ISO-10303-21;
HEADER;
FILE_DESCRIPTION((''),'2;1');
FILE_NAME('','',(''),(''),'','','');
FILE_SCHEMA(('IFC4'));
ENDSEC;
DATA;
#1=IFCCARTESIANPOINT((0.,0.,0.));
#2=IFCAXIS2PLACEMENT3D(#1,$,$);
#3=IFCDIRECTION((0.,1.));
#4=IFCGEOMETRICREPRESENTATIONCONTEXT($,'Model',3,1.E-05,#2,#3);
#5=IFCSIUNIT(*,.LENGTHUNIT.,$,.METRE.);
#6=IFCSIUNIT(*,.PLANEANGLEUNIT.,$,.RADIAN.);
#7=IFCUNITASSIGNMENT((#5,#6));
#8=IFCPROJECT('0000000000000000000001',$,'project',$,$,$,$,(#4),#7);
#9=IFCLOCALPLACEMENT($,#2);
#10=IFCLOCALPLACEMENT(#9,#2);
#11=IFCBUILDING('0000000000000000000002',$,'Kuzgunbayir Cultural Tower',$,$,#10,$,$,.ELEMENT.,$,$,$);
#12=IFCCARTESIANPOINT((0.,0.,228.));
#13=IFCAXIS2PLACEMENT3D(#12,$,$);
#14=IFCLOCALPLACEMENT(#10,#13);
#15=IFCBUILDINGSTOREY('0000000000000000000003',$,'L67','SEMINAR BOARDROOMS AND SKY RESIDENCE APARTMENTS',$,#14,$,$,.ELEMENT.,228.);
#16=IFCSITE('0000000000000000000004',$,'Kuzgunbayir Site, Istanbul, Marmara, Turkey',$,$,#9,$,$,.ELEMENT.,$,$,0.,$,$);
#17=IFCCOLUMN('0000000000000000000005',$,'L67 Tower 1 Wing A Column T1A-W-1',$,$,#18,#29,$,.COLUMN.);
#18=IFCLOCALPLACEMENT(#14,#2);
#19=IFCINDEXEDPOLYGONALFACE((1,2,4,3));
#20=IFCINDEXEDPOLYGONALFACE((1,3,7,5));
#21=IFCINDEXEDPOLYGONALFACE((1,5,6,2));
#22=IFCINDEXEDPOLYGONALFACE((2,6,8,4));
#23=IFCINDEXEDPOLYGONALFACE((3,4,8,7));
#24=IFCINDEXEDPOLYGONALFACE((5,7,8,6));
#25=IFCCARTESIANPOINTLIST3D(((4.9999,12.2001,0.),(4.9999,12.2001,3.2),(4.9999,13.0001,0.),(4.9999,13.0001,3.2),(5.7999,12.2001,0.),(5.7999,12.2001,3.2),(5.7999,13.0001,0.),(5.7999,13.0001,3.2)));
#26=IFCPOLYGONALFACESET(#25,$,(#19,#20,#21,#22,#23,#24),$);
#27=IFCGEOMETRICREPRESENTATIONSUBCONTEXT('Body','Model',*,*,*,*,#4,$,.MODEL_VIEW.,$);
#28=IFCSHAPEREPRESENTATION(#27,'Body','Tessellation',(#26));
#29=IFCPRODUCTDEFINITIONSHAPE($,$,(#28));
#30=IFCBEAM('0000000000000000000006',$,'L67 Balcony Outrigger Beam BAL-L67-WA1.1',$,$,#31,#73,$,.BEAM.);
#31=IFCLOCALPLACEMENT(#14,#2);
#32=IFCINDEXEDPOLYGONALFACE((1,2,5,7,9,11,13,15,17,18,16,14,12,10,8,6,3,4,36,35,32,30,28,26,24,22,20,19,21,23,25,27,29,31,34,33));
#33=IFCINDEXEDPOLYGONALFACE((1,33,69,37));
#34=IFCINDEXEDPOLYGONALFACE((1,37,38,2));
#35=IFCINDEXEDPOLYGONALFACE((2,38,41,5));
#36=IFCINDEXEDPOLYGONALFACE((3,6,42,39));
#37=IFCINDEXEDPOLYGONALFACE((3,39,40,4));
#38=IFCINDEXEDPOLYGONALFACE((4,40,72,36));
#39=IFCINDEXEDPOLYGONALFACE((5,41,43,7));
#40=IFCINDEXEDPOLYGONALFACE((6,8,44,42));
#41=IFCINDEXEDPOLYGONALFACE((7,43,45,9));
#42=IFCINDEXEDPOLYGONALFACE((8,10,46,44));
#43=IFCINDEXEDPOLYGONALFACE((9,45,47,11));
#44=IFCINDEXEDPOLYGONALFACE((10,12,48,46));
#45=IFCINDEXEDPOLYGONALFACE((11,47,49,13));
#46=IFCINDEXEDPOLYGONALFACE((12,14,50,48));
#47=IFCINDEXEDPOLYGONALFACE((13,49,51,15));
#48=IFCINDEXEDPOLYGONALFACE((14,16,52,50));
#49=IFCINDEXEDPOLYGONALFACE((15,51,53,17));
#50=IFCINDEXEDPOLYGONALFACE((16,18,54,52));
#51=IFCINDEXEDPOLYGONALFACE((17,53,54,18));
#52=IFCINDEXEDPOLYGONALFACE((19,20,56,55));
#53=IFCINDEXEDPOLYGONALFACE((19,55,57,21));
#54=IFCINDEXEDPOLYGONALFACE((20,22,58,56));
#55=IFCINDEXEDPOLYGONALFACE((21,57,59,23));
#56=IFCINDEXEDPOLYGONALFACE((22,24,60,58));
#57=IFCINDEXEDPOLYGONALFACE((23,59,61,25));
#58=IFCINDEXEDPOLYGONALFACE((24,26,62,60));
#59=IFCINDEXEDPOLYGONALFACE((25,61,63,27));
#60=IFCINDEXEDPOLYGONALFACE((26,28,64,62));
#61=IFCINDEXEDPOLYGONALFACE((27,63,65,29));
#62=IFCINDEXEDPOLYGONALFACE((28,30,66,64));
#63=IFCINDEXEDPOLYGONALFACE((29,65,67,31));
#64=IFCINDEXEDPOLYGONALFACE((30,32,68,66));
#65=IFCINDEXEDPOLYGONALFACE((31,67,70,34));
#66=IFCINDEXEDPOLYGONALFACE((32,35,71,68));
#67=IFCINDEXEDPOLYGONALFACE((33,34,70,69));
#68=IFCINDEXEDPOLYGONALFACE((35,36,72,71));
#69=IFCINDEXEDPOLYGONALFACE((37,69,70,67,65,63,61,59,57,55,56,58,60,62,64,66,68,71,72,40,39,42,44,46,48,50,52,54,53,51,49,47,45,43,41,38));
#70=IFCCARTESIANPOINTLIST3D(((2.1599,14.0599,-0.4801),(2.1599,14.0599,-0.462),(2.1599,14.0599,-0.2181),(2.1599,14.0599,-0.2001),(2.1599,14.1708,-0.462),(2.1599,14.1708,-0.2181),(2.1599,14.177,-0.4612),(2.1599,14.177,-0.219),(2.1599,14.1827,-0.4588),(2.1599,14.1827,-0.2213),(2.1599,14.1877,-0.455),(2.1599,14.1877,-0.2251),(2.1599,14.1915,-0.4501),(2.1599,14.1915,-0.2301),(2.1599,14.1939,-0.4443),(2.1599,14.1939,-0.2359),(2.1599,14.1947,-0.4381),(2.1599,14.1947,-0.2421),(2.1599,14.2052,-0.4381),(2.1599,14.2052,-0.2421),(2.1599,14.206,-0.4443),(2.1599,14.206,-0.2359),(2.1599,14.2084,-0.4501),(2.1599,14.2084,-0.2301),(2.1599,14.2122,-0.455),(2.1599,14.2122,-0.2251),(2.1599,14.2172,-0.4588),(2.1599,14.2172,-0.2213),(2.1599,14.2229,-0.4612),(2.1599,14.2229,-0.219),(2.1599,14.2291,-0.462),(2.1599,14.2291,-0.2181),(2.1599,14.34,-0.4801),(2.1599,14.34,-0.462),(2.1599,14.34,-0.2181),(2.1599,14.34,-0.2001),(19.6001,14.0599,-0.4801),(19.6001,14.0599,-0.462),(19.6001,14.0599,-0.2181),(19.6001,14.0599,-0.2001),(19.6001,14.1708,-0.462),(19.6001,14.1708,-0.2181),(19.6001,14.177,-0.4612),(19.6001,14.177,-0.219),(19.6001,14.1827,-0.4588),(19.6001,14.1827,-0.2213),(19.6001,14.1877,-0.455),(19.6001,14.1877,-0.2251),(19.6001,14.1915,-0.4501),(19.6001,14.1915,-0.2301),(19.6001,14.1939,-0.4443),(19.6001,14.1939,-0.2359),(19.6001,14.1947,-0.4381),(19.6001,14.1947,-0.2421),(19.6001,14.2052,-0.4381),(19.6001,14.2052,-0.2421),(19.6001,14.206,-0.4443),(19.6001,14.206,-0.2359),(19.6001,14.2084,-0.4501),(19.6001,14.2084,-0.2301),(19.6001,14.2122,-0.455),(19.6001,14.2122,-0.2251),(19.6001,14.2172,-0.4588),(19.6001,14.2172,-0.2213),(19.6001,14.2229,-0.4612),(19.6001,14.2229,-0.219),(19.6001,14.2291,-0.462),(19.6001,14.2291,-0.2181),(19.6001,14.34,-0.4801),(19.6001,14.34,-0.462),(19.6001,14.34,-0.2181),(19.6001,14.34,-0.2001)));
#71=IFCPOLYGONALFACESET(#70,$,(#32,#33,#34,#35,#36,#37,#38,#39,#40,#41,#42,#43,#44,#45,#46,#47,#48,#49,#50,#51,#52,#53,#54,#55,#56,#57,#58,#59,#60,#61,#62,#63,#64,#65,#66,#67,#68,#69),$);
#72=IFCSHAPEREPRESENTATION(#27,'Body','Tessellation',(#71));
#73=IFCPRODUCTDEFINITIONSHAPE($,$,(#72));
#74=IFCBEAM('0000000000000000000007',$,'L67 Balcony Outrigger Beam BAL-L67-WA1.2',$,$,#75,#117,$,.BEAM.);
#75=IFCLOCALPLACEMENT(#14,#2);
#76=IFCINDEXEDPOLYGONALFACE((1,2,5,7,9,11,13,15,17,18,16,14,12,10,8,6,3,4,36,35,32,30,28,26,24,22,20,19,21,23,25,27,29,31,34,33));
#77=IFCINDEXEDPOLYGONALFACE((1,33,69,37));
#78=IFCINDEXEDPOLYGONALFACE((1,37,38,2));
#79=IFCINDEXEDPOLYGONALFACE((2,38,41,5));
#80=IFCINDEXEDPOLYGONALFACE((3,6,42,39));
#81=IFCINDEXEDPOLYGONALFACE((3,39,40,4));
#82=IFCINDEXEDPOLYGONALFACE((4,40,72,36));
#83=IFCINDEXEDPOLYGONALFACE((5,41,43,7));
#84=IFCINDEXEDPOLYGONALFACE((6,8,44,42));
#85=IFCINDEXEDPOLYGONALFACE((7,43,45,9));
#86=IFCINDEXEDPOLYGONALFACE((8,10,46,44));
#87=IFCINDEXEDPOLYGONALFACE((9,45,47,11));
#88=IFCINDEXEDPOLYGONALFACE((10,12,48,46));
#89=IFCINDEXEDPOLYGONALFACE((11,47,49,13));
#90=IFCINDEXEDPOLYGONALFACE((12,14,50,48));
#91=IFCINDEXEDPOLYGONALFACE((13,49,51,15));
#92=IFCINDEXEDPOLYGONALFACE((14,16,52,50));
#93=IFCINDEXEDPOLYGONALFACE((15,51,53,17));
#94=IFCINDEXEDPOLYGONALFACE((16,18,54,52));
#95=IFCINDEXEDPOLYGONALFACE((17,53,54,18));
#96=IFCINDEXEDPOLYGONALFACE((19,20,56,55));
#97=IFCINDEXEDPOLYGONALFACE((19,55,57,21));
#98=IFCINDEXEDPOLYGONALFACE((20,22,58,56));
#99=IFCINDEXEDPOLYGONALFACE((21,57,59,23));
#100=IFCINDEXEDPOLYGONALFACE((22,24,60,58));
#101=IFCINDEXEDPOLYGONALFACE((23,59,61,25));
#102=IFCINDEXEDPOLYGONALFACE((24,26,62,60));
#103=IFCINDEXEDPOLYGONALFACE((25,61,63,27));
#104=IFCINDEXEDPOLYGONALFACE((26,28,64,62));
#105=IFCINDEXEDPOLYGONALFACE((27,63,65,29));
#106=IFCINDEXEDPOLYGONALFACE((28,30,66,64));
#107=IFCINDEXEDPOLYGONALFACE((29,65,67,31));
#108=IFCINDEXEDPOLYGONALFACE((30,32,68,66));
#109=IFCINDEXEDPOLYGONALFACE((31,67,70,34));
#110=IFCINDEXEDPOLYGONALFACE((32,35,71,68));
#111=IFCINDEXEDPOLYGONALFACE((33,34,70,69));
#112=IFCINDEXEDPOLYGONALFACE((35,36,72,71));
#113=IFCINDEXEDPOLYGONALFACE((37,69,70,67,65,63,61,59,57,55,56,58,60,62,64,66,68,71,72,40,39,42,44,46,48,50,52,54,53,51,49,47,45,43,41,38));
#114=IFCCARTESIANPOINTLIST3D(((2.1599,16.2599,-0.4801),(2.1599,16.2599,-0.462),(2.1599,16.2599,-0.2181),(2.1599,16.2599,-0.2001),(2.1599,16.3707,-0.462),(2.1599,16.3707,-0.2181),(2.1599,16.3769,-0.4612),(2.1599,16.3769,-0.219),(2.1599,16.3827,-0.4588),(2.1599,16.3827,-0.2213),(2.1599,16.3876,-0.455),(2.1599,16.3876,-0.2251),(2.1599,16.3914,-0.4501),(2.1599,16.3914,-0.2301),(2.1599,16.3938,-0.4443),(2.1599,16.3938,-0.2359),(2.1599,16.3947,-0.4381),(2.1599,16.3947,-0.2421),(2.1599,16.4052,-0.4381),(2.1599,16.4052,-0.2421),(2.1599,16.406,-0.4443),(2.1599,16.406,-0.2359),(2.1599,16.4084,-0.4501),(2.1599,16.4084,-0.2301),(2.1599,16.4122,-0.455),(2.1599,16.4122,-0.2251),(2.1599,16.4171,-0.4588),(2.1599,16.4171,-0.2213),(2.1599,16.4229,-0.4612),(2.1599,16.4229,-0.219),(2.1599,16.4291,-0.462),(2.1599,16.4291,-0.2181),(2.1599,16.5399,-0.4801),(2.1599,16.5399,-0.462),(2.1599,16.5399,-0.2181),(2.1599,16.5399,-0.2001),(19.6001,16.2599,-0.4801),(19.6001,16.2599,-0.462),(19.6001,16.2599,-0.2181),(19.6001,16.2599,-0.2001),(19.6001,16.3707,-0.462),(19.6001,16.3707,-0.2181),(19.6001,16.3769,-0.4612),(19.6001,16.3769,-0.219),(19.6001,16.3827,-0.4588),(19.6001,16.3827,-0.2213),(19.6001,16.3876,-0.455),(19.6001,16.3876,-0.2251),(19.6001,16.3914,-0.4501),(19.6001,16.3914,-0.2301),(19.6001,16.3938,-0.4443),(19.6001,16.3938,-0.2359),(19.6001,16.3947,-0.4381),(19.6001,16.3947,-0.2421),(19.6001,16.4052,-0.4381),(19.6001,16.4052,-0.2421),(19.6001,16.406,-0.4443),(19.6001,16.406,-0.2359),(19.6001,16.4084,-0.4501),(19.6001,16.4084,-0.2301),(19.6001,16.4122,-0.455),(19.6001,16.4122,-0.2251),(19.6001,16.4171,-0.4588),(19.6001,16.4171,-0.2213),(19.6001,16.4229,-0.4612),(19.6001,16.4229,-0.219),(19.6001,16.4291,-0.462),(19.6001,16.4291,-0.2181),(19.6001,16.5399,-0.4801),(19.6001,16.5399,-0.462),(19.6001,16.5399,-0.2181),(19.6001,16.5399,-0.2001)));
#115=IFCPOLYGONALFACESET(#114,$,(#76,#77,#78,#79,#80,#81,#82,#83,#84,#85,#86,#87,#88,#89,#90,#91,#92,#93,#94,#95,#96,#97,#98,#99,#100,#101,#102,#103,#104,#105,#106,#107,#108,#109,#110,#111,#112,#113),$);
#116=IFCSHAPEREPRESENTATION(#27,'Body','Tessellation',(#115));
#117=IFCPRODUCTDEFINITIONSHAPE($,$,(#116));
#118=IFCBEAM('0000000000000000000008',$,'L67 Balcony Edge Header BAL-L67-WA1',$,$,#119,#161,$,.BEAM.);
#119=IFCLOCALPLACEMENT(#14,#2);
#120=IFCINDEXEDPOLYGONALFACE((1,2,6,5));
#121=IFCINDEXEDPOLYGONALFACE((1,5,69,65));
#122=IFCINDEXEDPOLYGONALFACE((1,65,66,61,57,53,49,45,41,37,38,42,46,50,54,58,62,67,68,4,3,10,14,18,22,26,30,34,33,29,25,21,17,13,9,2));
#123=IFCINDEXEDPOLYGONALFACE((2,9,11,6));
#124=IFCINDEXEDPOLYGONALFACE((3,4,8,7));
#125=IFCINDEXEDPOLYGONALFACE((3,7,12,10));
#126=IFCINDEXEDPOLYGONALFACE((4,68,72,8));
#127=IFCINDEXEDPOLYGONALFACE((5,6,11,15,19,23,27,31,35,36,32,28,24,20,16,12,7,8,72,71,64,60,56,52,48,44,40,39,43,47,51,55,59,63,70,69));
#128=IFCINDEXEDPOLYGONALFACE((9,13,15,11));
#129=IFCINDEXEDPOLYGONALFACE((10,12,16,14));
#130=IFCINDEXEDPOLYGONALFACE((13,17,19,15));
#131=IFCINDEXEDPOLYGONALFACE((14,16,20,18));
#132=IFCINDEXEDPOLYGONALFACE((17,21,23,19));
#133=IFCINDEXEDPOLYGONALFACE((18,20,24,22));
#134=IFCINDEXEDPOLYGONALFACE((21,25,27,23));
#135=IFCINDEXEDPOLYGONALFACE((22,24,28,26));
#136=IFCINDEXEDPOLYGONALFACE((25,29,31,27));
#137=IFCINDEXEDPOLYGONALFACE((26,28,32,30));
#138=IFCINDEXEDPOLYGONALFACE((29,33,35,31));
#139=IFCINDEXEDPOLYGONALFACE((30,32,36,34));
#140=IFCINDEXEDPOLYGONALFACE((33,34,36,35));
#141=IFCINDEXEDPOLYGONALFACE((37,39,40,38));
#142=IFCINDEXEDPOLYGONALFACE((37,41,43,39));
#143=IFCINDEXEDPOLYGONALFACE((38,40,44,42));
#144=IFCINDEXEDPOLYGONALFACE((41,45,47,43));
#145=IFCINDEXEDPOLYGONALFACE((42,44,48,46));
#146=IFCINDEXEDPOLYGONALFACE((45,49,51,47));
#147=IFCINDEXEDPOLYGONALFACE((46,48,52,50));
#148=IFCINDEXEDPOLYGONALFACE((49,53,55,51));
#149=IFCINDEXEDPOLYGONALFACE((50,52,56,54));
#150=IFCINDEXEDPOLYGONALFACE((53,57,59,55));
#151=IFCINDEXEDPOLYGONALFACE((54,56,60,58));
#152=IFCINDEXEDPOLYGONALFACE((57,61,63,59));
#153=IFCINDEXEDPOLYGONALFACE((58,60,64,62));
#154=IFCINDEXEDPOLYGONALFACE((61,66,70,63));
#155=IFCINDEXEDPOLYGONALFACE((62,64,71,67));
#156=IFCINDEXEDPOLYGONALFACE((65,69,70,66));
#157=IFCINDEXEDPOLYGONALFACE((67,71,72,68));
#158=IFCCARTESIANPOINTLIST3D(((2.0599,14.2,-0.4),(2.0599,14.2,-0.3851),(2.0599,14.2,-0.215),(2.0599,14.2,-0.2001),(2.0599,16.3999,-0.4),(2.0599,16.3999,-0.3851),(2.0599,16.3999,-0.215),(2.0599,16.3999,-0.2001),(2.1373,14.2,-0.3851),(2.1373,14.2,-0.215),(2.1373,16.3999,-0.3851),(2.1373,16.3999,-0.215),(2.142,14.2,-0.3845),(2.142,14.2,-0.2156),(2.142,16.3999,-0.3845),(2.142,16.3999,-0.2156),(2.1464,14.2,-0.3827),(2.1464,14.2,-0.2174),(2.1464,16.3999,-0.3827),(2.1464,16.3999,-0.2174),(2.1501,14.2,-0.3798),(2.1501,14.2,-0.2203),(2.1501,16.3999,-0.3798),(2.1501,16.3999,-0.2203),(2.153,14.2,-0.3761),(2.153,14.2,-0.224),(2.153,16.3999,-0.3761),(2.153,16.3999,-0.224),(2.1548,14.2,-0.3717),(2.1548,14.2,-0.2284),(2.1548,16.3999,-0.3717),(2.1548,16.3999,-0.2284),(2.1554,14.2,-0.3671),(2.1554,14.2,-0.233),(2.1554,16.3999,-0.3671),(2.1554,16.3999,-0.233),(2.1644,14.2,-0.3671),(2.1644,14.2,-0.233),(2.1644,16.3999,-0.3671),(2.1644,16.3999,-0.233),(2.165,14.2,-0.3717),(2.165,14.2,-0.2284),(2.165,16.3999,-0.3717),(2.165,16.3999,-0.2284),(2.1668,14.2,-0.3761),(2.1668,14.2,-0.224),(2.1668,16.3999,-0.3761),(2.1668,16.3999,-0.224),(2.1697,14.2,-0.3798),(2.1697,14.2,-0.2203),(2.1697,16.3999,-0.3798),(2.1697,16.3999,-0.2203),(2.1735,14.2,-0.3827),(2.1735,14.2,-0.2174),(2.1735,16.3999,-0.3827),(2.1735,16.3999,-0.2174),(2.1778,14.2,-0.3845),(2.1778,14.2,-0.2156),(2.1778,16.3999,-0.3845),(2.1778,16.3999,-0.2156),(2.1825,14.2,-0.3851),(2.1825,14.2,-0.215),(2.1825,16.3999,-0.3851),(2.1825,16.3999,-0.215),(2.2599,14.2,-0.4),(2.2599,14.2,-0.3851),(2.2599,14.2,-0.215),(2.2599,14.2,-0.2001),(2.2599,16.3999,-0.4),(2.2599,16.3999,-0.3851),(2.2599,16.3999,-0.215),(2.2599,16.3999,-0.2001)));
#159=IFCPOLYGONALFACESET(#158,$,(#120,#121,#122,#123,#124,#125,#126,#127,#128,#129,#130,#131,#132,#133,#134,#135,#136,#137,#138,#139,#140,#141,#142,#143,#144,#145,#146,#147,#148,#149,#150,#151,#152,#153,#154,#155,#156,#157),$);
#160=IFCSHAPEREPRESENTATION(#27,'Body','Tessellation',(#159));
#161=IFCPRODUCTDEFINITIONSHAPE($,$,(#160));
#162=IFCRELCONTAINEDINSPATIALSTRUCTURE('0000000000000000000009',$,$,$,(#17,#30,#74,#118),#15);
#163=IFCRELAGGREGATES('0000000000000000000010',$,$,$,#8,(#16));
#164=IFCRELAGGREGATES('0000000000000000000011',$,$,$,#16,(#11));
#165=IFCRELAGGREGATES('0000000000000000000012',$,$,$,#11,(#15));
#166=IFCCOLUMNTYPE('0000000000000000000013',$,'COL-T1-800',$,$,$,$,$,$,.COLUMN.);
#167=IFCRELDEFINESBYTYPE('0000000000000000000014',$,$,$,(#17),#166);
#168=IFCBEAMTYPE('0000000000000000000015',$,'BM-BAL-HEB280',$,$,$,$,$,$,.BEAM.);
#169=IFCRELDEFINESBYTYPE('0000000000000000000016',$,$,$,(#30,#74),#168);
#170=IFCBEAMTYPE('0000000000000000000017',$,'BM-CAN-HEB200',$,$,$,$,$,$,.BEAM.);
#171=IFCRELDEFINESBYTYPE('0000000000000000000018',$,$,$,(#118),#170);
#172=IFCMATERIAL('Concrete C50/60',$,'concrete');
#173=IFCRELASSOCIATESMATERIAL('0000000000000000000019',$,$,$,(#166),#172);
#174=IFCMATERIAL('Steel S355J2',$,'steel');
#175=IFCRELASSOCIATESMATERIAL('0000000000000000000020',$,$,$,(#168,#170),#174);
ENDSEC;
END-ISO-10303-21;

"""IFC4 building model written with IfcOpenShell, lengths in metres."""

from ifc_helpers import new_model, si_unit, direction, frame, origin, origin_2d, place, context, subcontext, project, spatial, rectangle, i_section, extrude, material, material_profile, profile_set, type_object, element, save


model = new_model("IFC4")

# Units and contexts
model_context = context("Model", 3, precision=1e-05, world=origin(), true_north=direction((0.0, 1.0)))
body_context = subcontext(model_context, "Body", "Model", "MODEL_VIEW")
ifc_project = project(units=[si_unit("LENGTHUNIT", "METRE"), si_unit("PLANEANGLEUNIT", "RADIAN")], contexts=[model_context])

# Site, building, storey
site_placement = place(None, origin())
site = spatial("IfcSite", under=ifc_project, at=site_placement, Name="Kuzgunbayir Site, Istanbul, Marmara, Turkey", CompositionType="ELEMENT", RefElevation=0.0)
building_placement = place(site_placement, origin())
building = spatial("IfcBuilding", under=site, at=building_placement, Name="Kuzgunbayir Cultural Tower", CompositionType="ELEMENT")
storey_placement = place(building_placement, frame((0.0, 0.0, 228.0)))
storey = spatial("IfcBuildingStorey", under=building, at=storey_placement, Name="L67", Description="SEMINAR BOARDROOMS AND SKY RESIDENCE APARTMENTS", CompositionType="ELEMENT", Elevation=228.0)

# Column
ifc_material_1 = material(Name="Concrete C50/60", Category="concrete")
ifc_material_profile_1 = material_profile(ifc_material_1, rectangle(XDim=0.8, YDim=0.8, at=origin_2d()), Name="RC 800x800")
ifc_profile_set_1 = profile_set([ifc_material_profile_1], Name="Concrete C50/60")
column_type = type_object("IfcColumnType", Name="COL-T1-800", PredefinedType="COLUMN", material=ifc_profile_set_1)
column_placement = place(storey_placement, frame((5.3999, 12.6001, 0.0), z_axis=(0.0, 0.0, 1.0), x_axis=(1.0, 0.0, 0.0)))
element("IfcColumn", 1, at=column_placement, inside=storey, type_object=column_type, Name="L67 Tower 1 Wing A Column T1A-W-1", PredefinedType="COLUMN", context=body_context, shape_type="SweptSolid", body=[
    extrude(rectangle(XDim=0.8, YDim=0.8, at=origin_2d()), origin(), (0.0, 0.0, 1.0), 3.2),
])

# Beams
ifc_material_2 = material(Name="Steel S355J2", Category="steel")
ifc_material_profile_2 = material_profile(ifc_material_2, i_section(OverallWidth=0.28, OverallDepth=0.28, WebThickness=0.0105, FlangeThickness=0.0181, FilletRadius=0.0239, at=origin_2d()), Name="HEB 280")
ifc_profile_set_2 = profile_set([ifc_material_profile_2], Name="Steel S355J2")
beam_type_1 = type_object("IfcBeamType", Name="BM-BAL-HEB280", PredefinedType="BEAM", material=ifc_profile_set_2)
for number, where, z_axis, x_axis, name in (
    (2, (2.1599, 14.2, -0.3401), (1.0, 0.0, 0.0), (0.0, 1.0, 0.0), "L67 Balcony Outrigger Beam BAL-L67-WA1.1"),
    (3, (2.1599, 16.3999, -0.3401), (1.0, 0.0, 0.0), (0.0, 1.0, 0.0), "L67 Balcony Outrigger Beam BAL-L67-WA1.2"),
):
    element("IfcBeam", number, at=place(storey_placement, frame(where, z_axis=z_axis, x_axis=x_axis)), inside=storey, type_object=beam_type_1, Name=name, PredefinedType="BEAM", context=body_context, shape_type="SweptSolid", body=[
        extrude(i_section(OverallWidth=0.28, OverallDepth=0.28, WebThickness=0.0105, FlangeThickness=0.0181, FilletRadius=0.0239, at=origin_2d()), origin(), (0.0, 0.0, 1.0), 17.4402),
    ])
ifc_material_profile_3 = material_profile(ifc_material_2, i_section(OverallWidth=0.2, OverallDepth=0.2, WebThickness=0.009, FlangeThickness=0.0149, FilletRadius=0.0181, at=origin_2d()), Name="HEB 200")
ifc_profile_set_3 = profile_set([ifc_material_profile_3], Name="Steel S355J2")
beam_type_2 = type_object("IfcBeamType", Name="BM-CAN-HEB200", PredefinedType="BEAM", material=ifc_profile_set_3)
beam_1_placement = place(storey_placement, frame((2.1599, 14.2, -0.3), z_axis=(0.0, 1.0, 0.0), x_axis=(-1.0, 0.0, 0.0)))
element("IfcBeam", 4, at=beam_1_placement, inside=storey, type_object=beam_type_2, Name="L67 Balcony Edge Header BAL-L67-WA1", PredefinedType="BEAM", context=body_context, shape_type="SweptSolid", body=[
    extrude(i_section(OverallWidth=0.2, OverallDepth=0.2, WebThickness=0.009, FlangeThickness=0.0149, FilletRadius=0.0181, at=origin_2d()), origin(), (0.0, 0.0, 1.0), 2.2),
])

save(model, "model.ifc")
